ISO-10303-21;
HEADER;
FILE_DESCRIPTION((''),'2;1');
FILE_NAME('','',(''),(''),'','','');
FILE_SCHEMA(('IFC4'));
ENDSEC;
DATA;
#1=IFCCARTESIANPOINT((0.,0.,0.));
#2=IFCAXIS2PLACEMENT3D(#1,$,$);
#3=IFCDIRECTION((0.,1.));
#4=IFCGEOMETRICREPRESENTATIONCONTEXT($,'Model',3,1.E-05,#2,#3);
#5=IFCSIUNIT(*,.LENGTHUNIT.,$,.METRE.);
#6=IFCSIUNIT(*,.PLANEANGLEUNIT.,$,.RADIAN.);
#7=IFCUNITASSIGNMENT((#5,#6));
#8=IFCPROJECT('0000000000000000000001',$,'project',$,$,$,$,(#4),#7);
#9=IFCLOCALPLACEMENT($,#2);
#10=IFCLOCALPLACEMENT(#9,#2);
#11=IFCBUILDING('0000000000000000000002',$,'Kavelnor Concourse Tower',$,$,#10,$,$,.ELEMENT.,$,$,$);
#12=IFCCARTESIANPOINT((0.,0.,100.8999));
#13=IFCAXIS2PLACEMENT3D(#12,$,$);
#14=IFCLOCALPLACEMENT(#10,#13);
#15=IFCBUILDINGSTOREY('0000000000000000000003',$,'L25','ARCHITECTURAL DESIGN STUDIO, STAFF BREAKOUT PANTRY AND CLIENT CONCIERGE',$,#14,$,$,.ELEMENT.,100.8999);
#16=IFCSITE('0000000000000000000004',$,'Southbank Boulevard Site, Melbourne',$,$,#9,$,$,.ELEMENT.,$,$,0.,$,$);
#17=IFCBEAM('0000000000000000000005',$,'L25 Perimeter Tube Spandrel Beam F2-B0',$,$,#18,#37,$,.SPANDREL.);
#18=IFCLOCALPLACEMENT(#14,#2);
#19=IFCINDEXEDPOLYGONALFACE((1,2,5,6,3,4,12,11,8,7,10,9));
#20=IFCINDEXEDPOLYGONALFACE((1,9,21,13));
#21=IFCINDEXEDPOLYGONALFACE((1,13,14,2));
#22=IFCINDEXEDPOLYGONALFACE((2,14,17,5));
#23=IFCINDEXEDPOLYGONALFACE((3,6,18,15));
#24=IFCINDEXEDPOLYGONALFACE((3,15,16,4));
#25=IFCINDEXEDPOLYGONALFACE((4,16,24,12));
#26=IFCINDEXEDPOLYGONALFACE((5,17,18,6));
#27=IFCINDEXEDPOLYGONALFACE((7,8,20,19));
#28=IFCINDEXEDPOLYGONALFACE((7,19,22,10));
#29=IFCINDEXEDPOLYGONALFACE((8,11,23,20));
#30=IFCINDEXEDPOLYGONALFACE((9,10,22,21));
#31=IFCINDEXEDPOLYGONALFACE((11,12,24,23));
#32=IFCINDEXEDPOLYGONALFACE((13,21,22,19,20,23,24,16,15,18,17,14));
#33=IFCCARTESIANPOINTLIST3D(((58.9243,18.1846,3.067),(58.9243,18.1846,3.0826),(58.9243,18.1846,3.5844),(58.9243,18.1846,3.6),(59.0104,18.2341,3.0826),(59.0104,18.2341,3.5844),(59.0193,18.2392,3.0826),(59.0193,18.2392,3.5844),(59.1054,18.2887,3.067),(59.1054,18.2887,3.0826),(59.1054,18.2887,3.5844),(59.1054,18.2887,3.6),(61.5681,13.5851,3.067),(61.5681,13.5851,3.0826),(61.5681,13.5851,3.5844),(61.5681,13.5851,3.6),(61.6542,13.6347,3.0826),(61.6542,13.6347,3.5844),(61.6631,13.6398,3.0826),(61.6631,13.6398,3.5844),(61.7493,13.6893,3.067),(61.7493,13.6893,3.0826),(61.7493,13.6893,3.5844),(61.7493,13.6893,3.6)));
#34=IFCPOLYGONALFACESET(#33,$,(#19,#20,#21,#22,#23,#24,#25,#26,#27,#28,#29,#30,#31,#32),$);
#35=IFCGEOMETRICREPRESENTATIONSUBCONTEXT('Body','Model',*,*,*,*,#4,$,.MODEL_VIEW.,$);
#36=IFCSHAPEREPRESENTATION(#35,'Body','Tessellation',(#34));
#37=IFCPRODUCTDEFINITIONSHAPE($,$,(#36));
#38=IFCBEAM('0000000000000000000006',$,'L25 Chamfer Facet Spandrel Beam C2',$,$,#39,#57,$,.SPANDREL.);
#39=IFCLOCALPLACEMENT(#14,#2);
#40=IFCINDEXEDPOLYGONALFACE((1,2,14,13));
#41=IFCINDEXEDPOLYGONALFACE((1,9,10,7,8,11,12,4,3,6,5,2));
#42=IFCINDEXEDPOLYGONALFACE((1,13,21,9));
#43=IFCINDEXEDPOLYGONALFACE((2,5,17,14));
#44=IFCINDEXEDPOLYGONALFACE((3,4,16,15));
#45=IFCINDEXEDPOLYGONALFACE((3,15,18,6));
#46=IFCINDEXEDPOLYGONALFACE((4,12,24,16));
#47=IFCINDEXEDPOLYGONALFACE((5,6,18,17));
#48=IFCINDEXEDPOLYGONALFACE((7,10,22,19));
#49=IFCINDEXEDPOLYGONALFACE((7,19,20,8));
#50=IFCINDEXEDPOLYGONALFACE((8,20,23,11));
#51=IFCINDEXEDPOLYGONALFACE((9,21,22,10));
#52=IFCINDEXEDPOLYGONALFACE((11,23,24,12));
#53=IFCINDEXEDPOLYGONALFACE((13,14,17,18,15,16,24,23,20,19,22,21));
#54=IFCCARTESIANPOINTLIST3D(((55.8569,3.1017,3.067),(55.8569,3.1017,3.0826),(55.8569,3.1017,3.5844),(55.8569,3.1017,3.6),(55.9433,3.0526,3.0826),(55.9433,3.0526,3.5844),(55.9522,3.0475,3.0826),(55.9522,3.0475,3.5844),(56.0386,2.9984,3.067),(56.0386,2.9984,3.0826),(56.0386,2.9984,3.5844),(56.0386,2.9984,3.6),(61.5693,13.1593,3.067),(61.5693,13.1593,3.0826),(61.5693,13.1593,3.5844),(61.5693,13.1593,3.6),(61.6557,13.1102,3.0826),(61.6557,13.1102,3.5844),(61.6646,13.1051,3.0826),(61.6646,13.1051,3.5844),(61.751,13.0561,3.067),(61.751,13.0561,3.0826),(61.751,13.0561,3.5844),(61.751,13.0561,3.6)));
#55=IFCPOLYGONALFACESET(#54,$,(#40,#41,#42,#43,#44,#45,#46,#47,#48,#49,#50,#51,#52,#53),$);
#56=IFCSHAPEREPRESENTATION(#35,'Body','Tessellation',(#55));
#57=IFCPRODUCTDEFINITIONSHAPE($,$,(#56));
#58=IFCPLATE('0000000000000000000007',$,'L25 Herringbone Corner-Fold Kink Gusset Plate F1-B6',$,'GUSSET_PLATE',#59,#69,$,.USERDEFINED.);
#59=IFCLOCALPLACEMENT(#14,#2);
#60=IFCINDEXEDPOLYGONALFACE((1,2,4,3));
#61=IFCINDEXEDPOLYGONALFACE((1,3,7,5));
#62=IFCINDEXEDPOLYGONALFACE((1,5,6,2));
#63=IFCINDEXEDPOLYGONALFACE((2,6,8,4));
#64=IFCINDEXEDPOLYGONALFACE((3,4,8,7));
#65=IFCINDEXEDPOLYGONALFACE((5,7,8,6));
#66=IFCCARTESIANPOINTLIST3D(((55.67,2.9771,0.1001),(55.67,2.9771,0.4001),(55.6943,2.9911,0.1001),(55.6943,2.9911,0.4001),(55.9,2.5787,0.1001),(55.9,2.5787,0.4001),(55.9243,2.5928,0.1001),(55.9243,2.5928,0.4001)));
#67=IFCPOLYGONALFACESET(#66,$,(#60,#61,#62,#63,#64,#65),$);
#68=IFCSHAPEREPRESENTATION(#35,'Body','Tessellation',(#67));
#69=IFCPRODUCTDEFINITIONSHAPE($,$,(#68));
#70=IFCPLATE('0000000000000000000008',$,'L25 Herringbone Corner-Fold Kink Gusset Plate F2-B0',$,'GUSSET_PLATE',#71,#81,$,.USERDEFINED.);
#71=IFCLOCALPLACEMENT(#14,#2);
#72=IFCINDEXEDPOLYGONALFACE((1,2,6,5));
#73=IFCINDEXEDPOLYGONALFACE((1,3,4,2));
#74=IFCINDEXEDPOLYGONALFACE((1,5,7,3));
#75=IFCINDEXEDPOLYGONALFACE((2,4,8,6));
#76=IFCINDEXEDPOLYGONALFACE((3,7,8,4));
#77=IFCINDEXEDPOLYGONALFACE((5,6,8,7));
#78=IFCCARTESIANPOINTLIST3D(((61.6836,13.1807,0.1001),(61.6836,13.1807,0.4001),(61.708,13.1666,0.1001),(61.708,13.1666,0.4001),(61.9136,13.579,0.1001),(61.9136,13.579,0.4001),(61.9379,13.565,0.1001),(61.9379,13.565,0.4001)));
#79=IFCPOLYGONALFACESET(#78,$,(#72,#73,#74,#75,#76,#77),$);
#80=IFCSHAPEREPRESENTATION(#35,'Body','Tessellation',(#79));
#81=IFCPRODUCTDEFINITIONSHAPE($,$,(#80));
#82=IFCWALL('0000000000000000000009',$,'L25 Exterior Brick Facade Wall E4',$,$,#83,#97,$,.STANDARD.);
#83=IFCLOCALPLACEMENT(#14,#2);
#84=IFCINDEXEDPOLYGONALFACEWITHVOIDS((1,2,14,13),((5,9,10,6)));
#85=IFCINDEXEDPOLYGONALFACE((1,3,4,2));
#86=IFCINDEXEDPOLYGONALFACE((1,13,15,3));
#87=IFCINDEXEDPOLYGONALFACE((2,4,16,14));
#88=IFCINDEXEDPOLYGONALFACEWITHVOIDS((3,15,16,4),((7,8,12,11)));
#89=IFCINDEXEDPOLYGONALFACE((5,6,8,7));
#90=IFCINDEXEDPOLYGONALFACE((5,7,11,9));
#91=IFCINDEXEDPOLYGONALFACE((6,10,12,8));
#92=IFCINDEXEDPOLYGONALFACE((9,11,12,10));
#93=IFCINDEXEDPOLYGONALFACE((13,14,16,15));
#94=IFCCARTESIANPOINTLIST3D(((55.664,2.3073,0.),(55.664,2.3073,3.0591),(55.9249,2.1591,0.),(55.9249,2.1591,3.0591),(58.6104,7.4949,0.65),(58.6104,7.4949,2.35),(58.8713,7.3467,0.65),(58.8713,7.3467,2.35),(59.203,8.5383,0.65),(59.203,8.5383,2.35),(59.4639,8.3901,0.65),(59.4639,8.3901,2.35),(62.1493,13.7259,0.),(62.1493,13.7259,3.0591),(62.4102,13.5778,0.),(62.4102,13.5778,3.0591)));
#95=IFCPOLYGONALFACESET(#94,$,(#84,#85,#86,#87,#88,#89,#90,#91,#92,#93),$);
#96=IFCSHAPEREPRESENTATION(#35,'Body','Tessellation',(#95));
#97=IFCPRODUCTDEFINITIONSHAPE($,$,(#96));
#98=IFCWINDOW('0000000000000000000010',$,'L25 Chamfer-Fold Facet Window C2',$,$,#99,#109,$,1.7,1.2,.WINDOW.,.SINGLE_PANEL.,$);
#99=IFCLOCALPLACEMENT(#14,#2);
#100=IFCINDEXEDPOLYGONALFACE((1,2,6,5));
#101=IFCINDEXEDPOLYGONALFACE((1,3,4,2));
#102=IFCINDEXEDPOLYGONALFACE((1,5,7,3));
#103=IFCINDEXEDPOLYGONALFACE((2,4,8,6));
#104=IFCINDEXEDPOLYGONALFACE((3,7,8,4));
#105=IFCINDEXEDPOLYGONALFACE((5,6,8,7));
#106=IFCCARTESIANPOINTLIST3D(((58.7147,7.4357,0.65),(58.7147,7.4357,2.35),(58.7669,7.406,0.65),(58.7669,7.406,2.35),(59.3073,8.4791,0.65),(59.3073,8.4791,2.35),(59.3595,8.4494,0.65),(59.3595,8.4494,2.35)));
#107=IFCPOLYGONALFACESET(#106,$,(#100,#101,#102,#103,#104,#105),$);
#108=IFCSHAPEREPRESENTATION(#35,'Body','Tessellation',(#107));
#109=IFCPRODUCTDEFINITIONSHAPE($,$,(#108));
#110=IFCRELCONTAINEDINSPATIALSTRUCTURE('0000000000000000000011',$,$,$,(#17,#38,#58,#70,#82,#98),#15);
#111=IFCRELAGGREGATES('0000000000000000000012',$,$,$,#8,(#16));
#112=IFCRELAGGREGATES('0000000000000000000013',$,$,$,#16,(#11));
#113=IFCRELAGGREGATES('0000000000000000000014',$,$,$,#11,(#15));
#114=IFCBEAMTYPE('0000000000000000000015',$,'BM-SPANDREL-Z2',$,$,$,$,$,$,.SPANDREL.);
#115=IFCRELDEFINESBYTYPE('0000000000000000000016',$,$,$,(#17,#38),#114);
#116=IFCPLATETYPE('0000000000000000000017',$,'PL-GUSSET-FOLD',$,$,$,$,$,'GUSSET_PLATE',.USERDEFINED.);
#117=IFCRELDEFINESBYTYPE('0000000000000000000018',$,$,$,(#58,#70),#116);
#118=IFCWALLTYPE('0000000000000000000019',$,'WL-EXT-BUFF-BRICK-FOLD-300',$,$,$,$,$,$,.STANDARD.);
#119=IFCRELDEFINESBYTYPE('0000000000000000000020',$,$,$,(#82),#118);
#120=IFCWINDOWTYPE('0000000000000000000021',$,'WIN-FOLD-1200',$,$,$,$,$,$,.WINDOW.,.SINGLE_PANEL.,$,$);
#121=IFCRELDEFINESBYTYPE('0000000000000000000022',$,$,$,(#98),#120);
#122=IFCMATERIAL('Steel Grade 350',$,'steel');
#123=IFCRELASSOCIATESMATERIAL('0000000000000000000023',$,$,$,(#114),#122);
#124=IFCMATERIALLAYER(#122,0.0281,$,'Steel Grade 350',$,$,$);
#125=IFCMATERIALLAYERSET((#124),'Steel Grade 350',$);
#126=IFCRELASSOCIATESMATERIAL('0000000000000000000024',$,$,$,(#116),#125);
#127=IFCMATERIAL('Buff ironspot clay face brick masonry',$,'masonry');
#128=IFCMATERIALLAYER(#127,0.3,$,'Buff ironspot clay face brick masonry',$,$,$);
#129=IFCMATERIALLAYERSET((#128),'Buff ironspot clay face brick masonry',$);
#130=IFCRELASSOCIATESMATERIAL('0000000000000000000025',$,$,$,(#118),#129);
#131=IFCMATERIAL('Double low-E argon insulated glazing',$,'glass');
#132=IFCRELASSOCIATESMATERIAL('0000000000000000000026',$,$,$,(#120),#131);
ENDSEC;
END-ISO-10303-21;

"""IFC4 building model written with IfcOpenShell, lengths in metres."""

from ifc_helpers import new_model, si_unit, direction, frame, frame_2d, origin, origin_2d, place, context, subcontext, project, spatial, rectangle, i_section, extrude, material, layer, layer_set, material_profile, profile_set, type_object, element, fill, save


model = new_model("IFC4")

# Units and contexts
model_context = context("Model", 3, precision=1e-05, world=origin(), true_north=direction((0.0, 1.0)))
body_context = subcontext(model_context, "Body", "Model", "MODEL_VIEW")
ifc_project = project(units=[si_unit("LENGTHUNIT", "METRE"), si_unit("PLANEANGLEUNIT", "RADIAN")], contexts=[model_context])

# Site, building, storey
site_placement = place(None, origin())
site = spatial("IfcSite", under=ifc_project, at=site_placement, Name="Southbank Boulevard Site, Melbourne", CompositionType="ELEMENT", RefElevation=0.0)
building_placement = place(site_placement, origin())
building = spatial("IfcBuilding", under=site, at=building_placement, Name="Kavelnor Concourse Tower", CompositionType="ELEMENT")
storey_placement = place(building_placement, frame((0.0, 0.0, 100.8999)))
storey = spatial("IfcBuildingStorey", under=building, at=storey_placement, Name="L25", Description="ARCHITECTURAL DESIGN STUDIO, STAFF BREAKOUT PANTRY AND CLIENT CONCIERGE", CompositionType="ELEMENT", Elevation=100.8999)

# Shared definitions
ifc_material_1 = material(Name="Steel Grade 350", Category="steel")

# Beams
ifc_material_profile_1 = material_profile(ifc_material_1, i_section(OverallWidth=0.209, OverallDepth=0.533, WebThickness=0.0103, FlangeThickness=0.0156, at=origin_2d()), Name="530UB92")
ifc_profile_set_1 = profile_set([ifc_material_profile_1], Name="Steel Grade 350")
beam_type_1 = type_object("IfcBeamType", Name="BM-SPANDREL-Z2", PredefinedType="SPANDREL", material=ifc_profile_set_1)
beam_1_placement = place(storey_placement, frame((61.6587, 13.6372, 3.3335), z_axis=(-0.498353, 0.866974, 0.0), x_axis=(-0.866974, -0.498353, 0.0)))
element("IfcBeam", 1, at=beam_1_placement, inside=storey, type_object=beam_type_1, Name="L25 Perimeter Tube Spandrel Beam F2-B0", PredefinedType="SPANDREL", context=body_context, shape_type="SweptSolid", body=[
    extrude(i_section(OverallWidth=0.209, OverallDepth=0.533, WebThickness=0.0103, FlangeThickness=0.0156, at=origin_2d()), origin(), (0.0, 0.0, 1.0), 5.3052),
])
beam_2_placement = place(storey_placement, frame((55.9478, 3.05, 3.3335), z_axis=(0.493869, 0.869536, 0.0), x_axis=(-0.869536, 0.493869, 0.0)))
element("IfcBeam", 2, at=beam_2_placement, inside=storey, type_object=beam_type_1, Name="L25 Chamfer Facet Spandrel Beam C2", PredefinedType="SPANDREL", context=body_context, shape_type="SweptSolid", body=[
    extrude(i_section(OverallWidth=0.209, OverallDepth=0.533, WebThickness=0.0103, FlangeThickness=0.0156, at=origin_2d()), origin(), (0.0, 0.0, 1.0), 11.5667),
])

# Plates
ifc_layer_1 = layer(ifc_material_1, 0.0281, Name="Steel Grade 350")
ifc_layer_set_1 = layer_set([ifc_layer_1], Name="Steel Grade 350")
plate_type = type_object("IfcPlateType", Name="PL-GUSSET-FOLD", ElementType="GUSSET_PLATE", PredefinedType="USERDEFINED", material=ifc_layer_set_1)
for number, where, z_axis, x_axis, name in (
    (3, (55.7971, 2.7849, 0.1001), (0.0, 0.0, 1.0), (-0.5, 0.866025, 0.0), "L25 Herringbone Corner-Fold Kink Gusset Plate F1-B6"),
    (4, (61.8108, 13.3728, 0.1001), (0.0, 0.0, 1.0), (-0.5, -0.866025, 0.0), "L25 Herringbone Corner-Fold Kink Gusset Plate F2-B0"),
):
    element("IfcPlate", number, at=place(storey_placement, frame(where, z_axis=z_axis, x_axis=x_axis)), inside=storey, type_object=plate_type, Name=name, ObjectType="GUSSET_PLATE", PredefinedType="USERDEFINED", context=body_context, shape_type="SweptSolid", body=[
        extrude(rectangle(XDim=0.46, YDim=0.0281, at=origin_2d()), origin(), (0.0, 0.0, 1.0), 0.3),
    ])

# Wall, opening, window
ifc_material_2 = material(Name="Buff ironspot clay face brick masonry", Category="masonry")
ifc_layer_2 = layer(ifc_material_2, 0.3, Name="Buff ironspot clay face brick masonry")
ifc_layer_set_2 = layer_set([ifc_layer_2], Name="Buff ironspot clay face brick masonry")
wall_type_1 = type_object("IfcWallType", Name="WL-EXT-BUFF-BRICK-FOLD-300", PredefinedType="STANDARD", material=ifc_layer_set_2)
wall_1_placement = place(storey_placement, frame((62.2798, 13.6519, 0.0), z_axis=(0.0, 0.0, 1.0), x_axis=(-0.493863, -0.86954, 0.0)))
wall_1 = element("IfcWall", 5, at=wall_1_placement, inside=storey, type_object=wall_type_1, Name="L25 Exterior Brick Facade Wall E4", PredefinedType="STANDARD", context=body_context, shape_type="SweptSolid", body=[
    extrude(rectangle(XDim=13.1318, YDim=0.3, at=frame_2d((6.5659, 0.0))), origin(), (0.0, 0.0, 1.0), 3.0591),
])
opening_1_placement = place(wall_1_placement, frame((5.9658, 0.0, 0.6499)))
opening_1 = element("IfcOpeningElement", 6, at=opening_1_placement, cuts=wall_1, PredefinedType="OPENING", context=body_context, shape_type="SweptSolid", body=[
    extrude(rectangle(XDim=1.2, YDim=1.7, at=frame_2d((0.6001, 0.8501))), frame((0.0, 0.1602, 0.0), z_axis=(0.0, -1.0, 0.0), x_axis=(1.0, 0.0, 0.0)), (0.0, 0.0, 1.0), 0.3201),
])
ifc_material_3 = material(Name="Double low-E argon insulated glazing", Category="glass")
window_type_1 = type_object("IfcWindowType", Name="WIN-FOLD-1200", PartitioningType="SINGLE_PANEL", PredefinedType="WINDOW", material=ifc_material_3)
window_1_placement = place(opening_1_placement, origin())
window_1 = element("IfcWindow", 7, at=window_1_placement, inside=storey, type_object=window_type_1, Name="L25 Chamfer-Fold Facet Window C2", OverallHeight=1.7, OverallWidth=1.2, PartitioningType="SINGLE_PANEL", PredefinedType="WINDOW", context=body_context, shape_type="SweptSolid", body=[
    extrude(rectangle(XDim=1.2, YDim=1.7, at=frame_2d((0.6001, 0.8501))), frame((0.0, 0.03, 0.0), z_axis=(0.0, -1.0, 0.0), x_axis=(1.0, 0.0, 0.0)), (0.0, 0.0, 1.0), 0.0601),
])
fill(opening_1, window_1)

save(model, "model.ifc")
